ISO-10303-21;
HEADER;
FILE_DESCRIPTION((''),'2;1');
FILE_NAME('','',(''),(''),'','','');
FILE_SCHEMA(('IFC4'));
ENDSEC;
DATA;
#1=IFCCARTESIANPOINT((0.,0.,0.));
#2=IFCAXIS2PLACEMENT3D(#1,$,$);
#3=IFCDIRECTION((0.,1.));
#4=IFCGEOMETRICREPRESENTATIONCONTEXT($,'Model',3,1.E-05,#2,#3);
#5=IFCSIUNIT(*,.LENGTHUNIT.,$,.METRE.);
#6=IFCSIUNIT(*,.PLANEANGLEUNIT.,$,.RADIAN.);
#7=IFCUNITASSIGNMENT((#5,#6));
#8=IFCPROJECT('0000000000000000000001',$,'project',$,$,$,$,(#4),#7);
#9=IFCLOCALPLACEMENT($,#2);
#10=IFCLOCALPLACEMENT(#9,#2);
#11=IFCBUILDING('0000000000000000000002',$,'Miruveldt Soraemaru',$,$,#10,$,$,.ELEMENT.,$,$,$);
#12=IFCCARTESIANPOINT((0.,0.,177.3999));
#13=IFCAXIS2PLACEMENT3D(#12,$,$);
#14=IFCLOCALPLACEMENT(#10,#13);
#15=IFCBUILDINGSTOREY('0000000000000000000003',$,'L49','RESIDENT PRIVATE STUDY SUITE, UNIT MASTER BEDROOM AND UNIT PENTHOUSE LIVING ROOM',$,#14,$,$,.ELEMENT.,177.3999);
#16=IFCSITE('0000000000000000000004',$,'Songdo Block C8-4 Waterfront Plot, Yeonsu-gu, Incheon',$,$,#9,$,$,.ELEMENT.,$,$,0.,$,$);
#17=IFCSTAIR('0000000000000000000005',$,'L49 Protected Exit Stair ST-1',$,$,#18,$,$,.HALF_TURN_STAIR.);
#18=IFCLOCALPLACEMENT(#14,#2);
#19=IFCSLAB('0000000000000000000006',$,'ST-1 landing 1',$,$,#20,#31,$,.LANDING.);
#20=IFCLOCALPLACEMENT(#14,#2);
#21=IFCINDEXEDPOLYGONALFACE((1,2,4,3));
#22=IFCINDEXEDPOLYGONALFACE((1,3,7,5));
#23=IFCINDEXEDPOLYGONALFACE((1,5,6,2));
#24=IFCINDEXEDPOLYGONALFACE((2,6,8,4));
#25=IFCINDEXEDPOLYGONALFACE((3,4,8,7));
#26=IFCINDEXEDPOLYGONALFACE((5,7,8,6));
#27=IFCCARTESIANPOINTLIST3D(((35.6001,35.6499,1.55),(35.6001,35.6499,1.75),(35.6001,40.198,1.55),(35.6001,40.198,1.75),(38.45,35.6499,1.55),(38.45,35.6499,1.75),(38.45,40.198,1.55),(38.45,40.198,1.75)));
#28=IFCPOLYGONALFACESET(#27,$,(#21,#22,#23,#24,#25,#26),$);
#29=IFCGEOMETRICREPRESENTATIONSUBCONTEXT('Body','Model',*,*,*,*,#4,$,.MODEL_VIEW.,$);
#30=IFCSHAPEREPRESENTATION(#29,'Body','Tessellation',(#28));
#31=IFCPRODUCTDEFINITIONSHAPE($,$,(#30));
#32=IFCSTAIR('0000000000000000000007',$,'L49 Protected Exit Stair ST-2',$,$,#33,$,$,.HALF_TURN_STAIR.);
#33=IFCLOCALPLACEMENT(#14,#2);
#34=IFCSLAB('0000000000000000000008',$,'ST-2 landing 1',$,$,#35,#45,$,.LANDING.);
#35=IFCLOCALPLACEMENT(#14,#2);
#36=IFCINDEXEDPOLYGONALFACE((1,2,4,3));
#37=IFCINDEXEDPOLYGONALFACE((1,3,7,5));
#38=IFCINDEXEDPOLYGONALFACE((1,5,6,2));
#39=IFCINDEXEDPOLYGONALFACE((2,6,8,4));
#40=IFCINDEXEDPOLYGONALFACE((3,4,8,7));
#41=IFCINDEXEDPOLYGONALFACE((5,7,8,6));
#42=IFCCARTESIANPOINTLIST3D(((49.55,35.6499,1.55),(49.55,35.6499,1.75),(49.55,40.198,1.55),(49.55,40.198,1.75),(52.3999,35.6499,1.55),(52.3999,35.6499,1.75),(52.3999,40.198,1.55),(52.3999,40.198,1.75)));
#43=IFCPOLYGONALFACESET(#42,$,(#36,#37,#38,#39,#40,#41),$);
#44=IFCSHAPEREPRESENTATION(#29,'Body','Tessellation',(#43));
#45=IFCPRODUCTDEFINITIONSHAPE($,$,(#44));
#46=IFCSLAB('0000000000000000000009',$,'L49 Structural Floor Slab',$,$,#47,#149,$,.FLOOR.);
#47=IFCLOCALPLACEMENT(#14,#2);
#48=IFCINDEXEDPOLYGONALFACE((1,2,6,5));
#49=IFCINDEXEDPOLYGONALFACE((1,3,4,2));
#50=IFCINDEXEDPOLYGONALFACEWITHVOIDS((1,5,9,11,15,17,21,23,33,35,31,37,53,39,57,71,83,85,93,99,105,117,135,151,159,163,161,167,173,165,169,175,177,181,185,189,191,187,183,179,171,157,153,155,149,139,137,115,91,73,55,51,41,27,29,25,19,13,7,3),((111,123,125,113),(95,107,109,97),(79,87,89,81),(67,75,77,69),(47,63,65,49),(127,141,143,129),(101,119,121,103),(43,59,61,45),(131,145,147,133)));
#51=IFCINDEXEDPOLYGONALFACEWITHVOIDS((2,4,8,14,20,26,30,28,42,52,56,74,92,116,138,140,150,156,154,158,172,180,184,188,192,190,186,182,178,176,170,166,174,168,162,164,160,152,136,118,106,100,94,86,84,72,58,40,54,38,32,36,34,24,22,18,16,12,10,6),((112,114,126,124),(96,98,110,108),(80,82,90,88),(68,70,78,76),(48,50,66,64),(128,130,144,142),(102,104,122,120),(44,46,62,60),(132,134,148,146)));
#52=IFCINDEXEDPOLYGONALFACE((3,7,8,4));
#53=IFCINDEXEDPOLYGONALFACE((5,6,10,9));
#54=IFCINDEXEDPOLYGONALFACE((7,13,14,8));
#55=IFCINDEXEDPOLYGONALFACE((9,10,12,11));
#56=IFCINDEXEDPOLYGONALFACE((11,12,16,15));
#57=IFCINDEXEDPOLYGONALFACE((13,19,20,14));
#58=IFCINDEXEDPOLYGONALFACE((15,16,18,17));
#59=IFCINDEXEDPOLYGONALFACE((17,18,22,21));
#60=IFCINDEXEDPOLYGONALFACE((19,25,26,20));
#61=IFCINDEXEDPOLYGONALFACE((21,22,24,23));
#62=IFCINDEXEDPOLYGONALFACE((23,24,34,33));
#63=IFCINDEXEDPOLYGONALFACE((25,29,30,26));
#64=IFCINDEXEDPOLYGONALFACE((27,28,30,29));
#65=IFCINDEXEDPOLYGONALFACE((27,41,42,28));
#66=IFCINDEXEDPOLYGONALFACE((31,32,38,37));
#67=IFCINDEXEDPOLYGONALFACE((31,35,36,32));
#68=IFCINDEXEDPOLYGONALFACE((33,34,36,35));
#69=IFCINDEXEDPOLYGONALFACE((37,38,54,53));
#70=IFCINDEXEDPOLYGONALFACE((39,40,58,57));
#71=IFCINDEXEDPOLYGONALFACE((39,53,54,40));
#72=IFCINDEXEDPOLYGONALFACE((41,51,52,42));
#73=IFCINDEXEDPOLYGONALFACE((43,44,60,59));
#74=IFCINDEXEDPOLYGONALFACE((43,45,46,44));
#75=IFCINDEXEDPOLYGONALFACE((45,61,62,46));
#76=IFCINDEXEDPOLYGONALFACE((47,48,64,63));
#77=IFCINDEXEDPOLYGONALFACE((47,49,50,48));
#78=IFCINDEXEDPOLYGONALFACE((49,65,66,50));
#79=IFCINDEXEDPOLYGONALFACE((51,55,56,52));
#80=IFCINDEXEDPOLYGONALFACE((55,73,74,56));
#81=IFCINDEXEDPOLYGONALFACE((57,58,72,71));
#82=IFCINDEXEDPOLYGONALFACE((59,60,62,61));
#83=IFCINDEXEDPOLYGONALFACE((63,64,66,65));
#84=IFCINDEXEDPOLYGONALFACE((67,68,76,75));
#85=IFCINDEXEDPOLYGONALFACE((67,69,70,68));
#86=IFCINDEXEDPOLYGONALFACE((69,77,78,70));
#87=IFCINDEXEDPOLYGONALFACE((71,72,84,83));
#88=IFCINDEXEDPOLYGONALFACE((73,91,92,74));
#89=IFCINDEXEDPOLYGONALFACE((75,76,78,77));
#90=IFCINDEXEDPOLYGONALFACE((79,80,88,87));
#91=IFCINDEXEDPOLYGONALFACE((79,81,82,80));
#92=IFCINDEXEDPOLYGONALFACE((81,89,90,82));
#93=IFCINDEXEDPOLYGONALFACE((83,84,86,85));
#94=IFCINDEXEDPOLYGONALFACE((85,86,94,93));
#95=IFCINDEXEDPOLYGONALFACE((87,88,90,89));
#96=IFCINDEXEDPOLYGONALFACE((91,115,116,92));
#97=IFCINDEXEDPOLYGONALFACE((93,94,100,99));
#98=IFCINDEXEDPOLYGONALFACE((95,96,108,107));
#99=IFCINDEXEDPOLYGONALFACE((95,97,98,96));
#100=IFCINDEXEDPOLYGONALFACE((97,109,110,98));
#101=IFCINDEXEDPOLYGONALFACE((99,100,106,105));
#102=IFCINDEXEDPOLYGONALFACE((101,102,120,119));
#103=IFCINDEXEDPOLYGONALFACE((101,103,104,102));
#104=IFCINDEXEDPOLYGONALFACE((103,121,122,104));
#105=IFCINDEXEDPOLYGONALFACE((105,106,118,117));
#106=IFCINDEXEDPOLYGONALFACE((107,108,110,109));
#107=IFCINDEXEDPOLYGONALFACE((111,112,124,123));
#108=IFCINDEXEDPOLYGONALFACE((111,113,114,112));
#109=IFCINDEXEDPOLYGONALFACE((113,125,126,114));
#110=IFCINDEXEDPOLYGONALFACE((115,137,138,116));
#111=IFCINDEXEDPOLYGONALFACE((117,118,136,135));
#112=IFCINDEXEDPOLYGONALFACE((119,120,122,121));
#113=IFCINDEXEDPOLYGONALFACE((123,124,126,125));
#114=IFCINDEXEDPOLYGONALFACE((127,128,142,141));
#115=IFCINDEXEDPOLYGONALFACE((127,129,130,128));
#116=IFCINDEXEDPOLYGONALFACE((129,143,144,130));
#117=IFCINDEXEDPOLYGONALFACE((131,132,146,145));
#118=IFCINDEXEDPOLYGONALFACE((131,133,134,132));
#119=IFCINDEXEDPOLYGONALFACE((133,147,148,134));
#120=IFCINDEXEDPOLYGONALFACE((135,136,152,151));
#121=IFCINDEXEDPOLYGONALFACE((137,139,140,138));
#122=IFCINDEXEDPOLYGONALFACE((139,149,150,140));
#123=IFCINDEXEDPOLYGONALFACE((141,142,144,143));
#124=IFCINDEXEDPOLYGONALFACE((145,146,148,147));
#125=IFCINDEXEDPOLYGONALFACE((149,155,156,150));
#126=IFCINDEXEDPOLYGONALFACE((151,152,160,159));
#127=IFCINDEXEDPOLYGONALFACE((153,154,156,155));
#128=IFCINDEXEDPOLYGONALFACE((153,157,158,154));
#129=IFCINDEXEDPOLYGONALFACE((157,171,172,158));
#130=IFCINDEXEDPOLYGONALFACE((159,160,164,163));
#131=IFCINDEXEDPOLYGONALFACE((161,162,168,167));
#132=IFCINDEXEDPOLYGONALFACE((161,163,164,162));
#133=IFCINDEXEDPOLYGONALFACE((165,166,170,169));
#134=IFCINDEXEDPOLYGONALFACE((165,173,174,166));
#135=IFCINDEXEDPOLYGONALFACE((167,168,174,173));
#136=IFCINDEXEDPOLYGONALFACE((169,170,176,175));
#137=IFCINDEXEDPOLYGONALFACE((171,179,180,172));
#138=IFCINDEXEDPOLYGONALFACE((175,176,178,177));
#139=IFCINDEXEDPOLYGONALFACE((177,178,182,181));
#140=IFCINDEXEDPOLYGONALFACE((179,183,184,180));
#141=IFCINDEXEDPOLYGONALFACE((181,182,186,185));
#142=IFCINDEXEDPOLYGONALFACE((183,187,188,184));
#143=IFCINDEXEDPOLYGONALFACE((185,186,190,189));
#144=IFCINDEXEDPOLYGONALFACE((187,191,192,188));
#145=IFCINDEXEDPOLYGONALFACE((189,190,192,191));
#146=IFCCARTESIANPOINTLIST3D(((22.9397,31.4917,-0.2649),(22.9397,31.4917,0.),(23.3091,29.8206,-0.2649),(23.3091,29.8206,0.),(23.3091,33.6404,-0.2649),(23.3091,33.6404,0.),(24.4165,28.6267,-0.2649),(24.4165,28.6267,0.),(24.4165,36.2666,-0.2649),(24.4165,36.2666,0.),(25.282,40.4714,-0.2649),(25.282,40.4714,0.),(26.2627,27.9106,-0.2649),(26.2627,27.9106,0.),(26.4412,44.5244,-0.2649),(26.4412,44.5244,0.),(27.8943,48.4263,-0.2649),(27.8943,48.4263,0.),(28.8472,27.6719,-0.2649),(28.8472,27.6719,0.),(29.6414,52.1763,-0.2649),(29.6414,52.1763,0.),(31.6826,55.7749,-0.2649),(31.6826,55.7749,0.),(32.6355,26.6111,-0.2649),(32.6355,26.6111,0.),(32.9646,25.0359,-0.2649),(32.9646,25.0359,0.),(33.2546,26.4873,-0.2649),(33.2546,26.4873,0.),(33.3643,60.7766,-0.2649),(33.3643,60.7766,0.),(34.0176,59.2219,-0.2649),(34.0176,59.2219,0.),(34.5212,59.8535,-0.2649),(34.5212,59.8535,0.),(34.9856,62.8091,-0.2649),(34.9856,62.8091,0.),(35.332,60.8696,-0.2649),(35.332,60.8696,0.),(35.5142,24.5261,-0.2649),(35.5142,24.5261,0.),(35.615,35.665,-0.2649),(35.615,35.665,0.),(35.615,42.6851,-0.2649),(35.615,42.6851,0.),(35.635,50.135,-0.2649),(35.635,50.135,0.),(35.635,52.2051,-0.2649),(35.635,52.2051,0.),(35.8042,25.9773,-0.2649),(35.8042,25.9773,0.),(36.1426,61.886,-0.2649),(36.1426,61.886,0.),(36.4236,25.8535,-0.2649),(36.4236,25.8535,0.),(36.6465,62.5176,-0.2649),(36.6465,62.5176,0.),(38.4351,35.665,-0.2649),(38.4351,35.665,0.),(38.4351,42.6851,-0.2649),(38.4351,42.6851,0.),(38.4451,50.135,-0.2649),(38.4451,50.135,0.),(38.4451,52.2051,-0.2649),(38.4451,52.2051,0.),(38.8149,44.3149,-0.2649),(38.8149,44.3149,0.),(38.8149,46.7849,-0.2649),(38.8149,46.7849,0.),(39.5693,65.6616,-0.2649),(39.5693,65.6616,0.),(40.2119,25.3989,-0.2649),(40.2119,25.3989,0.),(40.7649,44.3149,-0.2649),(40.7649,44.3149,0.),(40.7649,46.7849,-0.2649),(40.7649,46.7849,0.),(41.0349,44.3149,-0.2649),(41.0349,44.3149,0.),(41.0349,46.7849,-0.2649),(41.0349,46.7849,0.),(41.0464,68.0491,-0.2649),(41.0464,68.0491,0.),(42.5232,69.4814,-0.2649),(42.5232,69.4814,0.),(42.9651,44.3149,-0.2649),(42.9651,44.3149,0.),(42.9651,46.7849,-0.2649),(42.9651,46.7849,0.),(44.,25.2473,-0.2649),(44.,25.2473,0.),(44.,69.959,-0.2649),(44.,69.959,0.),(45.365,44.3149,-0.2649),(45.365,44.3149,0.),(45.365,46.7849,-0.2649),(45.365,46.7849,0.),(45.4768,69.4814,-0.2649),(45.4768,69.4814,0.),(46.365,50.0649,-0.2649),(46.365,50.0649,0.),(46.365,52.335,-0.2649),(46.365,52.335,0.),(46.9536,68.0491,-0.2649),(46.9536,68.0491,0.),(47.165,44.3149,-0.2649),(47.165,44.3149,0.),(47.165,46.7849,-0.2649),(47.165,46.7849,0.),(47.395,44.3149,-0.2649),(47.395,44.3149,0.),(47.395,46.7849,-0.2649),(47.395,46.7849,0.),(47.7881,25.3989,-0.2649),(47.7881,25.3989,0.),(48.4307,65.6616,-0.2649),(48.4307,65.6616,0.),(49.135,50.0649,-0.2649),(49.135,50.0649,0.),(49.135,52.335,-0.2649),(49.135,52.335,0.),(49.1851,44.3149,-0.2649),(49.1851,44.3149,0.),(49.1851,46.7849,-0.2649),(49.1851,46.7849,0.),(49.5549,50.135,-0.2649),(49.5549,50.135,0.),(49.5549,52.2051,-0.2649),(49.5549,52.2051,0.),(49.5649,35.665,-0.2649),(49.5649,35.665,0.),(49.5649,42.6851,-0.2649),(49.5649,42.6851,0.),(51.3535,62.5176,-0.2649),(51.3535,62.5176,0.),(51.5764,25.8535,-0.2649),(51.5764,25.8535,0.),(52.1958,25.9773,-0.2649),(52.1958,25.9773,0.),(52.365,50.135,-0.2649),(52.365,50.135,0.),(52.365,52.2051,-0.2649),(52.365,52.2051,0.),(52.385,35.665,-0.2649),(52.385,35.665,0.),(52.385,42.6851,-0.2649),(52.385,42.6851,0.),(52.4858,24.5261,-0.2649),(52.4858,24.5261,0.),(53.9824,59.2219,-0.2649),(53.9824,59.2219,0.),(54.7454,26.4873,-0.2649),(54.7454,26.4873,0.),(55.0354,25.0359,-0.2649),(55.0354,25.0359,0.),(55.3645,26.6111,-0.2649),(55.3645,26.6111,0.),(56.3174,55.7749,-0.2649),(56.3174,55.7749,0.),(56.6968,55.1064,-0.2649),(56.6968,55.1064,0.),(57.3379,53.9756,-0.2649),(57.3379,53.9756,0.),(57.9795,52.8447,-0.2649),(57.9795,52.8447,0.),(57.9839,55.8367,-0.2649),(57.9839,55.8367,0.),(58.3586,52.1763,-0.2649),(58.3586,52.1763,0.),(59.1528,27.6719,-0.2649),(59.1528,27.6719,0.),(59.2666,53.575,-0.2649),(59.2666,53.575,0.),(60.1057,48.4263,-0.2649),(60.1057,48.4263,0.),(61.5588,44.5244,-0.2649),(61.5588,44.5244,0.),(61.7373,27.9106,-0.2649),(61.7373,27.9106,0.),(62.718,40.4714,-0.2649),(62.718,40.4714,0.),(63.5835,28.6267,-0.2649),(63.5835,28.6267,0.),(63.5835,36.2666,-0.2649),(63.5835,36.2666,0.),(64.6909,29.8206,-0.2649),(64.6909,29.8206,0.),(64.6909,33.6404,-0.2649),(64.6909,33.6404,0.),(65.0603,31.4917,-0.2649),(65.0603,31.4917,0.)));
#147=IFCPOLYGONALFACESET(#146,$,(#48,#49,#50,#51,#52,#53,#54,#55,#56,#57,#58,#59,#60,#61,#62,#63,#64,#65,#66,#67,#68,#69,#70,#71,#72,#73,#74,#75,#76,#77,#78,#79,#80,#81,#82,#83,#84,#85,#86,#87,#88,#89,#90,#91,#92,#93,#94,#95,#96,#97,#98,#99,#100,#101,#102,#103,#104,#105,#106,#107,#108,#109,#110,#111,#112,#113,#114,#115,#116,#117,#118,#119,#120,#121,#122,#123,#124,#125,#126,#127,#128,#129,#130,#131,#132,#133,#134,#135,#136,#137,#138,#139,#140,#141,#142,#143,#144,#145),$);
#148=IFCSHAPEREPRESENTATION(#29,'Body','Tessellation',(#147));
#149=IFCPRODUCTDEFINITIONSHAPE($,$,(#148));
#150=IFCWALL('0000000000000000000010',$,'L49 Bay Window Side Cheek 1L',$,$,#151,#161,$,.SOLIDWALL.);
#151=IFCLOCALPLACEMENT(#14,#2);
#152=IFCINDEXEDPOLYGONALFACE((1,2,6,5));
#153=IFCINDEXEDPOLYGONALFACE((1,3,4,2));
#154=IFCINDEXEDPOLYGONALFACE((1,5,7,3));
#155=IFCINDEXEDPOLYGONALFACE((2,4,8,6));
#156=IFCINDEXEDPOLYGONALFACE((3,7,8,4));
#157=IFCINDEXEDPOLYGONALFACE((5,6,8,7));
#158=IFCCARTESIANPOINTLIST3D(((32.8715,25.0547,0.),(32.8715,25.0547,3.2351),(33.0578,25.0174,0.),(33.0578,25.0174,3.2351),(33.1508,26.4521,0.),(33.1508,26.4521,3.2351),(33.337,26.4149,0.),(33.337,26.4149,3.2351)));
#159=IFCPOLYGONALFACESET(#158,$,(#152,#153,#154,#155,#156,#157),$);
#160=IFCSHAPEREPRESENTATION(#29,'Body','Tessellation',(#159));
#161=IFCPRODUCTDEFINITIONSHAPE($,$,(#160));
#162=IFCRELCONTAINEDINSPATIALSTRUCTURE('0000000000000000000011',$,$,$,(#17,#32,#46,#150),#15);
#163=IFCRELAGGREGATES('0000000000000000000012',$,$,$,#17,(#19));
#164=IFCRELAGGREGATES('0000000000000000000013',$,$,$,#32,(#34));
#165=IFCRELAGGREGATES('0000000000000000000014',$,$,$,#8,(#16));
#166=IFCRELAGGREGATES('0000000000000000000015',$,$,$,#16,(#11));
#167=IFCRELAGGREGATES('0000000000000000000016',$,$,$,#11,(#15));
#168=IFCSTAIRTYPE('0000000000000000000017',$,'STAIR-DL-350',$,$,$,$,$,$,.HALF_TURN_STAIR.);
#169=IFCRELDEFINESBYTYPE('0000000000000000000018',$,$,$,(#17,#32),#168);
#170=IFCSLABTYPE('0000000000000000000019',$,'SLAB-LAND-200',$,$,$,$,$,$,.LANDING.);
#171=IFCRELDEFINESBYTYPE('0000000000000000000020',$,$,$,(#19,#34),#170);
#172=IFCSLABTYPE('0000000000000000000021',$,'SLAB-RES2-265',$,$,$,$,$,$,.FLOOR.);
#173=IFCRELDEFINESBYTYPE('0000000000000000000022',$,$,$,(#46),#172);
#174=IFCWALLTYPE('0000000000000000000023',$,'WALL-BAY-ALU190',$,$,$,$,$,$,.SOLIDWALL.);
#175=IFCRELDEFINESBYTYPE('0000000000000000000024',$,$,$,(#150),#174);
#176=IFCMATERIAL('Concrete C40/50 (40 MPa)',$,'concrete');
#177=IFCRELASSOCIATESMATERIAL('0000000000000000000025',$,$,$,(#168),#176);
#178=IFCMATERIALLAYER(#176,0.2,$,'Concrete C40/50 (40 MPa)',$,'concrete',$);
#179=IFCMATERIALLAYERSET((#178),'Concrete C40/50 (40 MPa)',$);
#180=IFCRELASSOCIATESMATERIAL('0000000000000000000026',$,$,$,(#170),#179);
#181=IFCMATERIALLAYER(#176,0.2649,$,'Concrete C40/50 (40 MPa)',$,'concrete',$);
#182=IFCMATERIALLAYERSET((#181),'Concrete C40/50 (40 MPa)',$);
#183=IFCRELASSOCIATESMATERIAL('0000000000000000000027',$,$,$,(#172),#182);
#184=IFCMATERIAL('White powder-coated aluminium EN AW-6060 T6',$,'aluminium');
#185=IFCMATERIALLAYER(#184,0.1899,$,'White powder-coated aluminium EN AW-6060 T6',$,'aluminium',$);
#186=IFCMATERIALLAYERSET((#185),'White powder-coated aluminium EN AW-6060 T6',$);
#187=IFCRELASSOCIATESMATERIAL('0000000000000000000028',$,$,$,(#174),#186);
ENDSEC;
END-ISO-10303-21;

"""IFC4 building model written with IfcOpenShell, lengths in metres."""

from ifc_helpers import new_model, si_unit, direction, frame, frame_2d, origin, place, context, subcontext, project, spatial, polyline, rectangle, outline, extrude, material, layer, layer_set, type_object, element, aggregate, save


model = new_model("IFC4")

# Units and contexts
model_context = context("Model", 3, precision=1e-05, world=origin(), true_north=direction((0.0, 1.0)))
body_context = subcontext(model_context, "Body", "Model", "MODEL_VIEW")
ifc_project = project(units=[si_unit("LENGTHUNIT", "METRE"), si_unit("PLANEANGLEUNIT", "RADIAN")], contexts=[model_context])

# Site, building, storey
site_placement = place(None, origin())
site = spatial("IfcSite", under=ifc_project, at=site_placement, Name="Songdo Block C8-4 Waterfront Plot, Yeonsu-gu, Incheon", CompositionType="ELEMENT", RefElevation=0.0)
building_placement = place(site_placement, origin())
building = spatial("IfcBuilding", under=site, at=building_placement, Name="Miruveldt Soraemaru", CompositionType="ELEMENT")
storey_placement = place(building_placement, frame((0.0, 0.0, 177.3999)))
storey = spatial("IfcBuildingStorey", under=building, at=storey_placement, Name="L49", Description="RESIDENT PRIVATE STUDY SUITE, UNIT MASTER BEDROOM AND UNIT PENTHOUSE LIVING ROOM", CompositionType="ELEMENT", Elevation=177.3999)

# Stairs, slabs
ifc_material_1 = material(Name="Concrete C40/50 (40 MPa)", Category="concrete")
stair_type = type_object("IfcStairType", Name="STAIR-DL-350", PredefinedType="HALF_TURN_STAIR", material=ifc_material_1)
stair_1_placement = place(storey_placement, origin())
stair_1 = element("IfcStair", 1, at=stair_1_placement, inside=storey, type_object=stair_type, Name="L49 Protected Exit Stair ST-1", PredefinedType="HALF_TURN_STAIR")
ifc_layer_1 = layer(ifc_material_1, 0.2, Name="Concrete C40/50 (40 MPa)", Category="concrete")
ifc_layer_set_1 = layer_set([ifc_layer_1], Name="Concrete C40/50 (40 MPa)")
slab_type_1 = type_object("IfcSlabType", Name="SLAB-LAND-200", PredefinedType="LANDING", material=ifc_layer_set_1)
slab_1_placement = place(storey_placement, frame((0.0, 0.0, 1.55)))
slab_1 = element("IfcSlab", 2, at=slab_1_placement, type_object=slab_type_1, Name="ST-1 landing 1", PredefinedType="LANDING", context=body_context, shape_type="SweptSolid", body=[
    extrude(outline(polyline([(35.6001, 40.198), (35.6001, 35.6499), (38.45, 35.6499), (38.45, 40.198), (35.6001, 40.198)])), origin(), (0.0, 0.0, 1.0), 0.2),
])
aggregate(stair_1, [slab_1])
stair_2_placement = place(storey_placement, origin())
stair_2 = element("IfcStair", 3, at=stair_2_placement, inside=storey, type_object=stair_type, Name="L49 Protected Exit Stair ST-2", PredefinedType="HALF_TURN_STAIR")
slab_2_placement = place(storey_placement, frame((0.0, 0.0, 1.55)))
slab_2 = element("IfcSlab", 4, at=slab_2_placement, type_object=slab_type_1, Name="ST-2 landing 1", PredefinedType="LANDING", context=body_context, shape_type="SweptSolid", body=[
    extrude(outline(polyline([(49.55, 40.198), (49.55, 35.6499), (52.3999, 35.6499), (52.3999, 40.198), (49.55, 40.198)])), origin(), (0.0, 0.0, 1.0), 0.2),
])
aggregate(stair_2, [slab_2])

# Slab
ifc_layer_2 = layer(ifc_material_1, 0.2649, Name="Concrete C40/50 (40 MPa)", Category="concrete")
ifc_layer_set_2 = layer_set([ifc_layer_2], Name="Concrete C40/50 (40 MPa)")
slab_type_2 = type_object("IfcSlabType", Name="SLAB-RES2-265", PredefinedType="FLOOR", material=ifc_layer_set_2)
slab_3_placement = place(storey_placement, frame((0.0, 0.0, -0.2649)))
element("IfcSlab", 5, at=slab_3_placement, inside=storey, type_object=slab_type_2, Name="L49 Structural Floor Slab", PredefinedType="FLOOR", context=body_context, shape_type="SweptSolid", body=[
    extrude(outline(polyline([(32.9646, 25.0359), (33.2546, 26.4873), (34.5295, 26.2324), (32.6355, 26.6111), (28.8472, 27.6719), (26.2627, 27.9106), (24.4165, 28.6267), (23.3091, 29.8206), (22.9397, 31.4917), (23.3091, 33.6404), (24.4165, 36.2666), (25.282, 40.4714), (26.4412, 44.5244), (27.8943, 48.4263), (29.6414, 52.1763), (31.6826, 55.7749), (34.0176, 59.2219), (34.5212, 59.8535), (33.3643, 60.7766), (34.9856, 62.8091), (36.1426, 61.886), (35.332, 60.8696), (36.6465, 62.5176), (39.5693, 65.6616), (41.0464, 68.0491), (42.5232, 69.4814), (44.0, 69.959), (45.4768, 69.4814), (46.9536, 68.0491), (48.4307, 65.6616), (51.3535, 62.5176), (53.9824, 59.2219), (56.3174, 55.7749), (57.3379, 53.9756), (56.6968, 55.1064), (57.9839, 55.8367), (59.2666, 53.575), (57.9795, 52.8447), (58.3586, 52.1763), (60.1057, 48.4263), (61.5588, 44.5244), (62.718, 40.4714), (63.5835, 36.2666), (64.6909, 33.6404), (65.0603, 31.4917), (64.6909, 29.8206), (63.5835, 28.6267), (61.7373, 27.9106), (59.1528, 27.6719), (55.3645, 26.6111), (53.4705, 26.2324), (54.7454, 26.4873), (55.0354, 25.0359), (52.4858, 24.5261), (52.1958, 25.9773), (51.5764, 25.8535), (47.7881, 25.3989), (44.0, 25.2473), (40.2119, 25.3989), (36.4236, 25.8535), (35.8042, 25.9773), (35.5142, 24.5261), (32.9646, 25.0359)]), holes=[polyline([(35.615, 35.665), (38.4351, 35.665), (38.4351, 42.6851), (35.615, 42.6851), (35.615, 35.665)]), polyline([(49.5649, 35.665), (52.385, 35.665), (52.385, 42.6851), (49.5649, 42.6851), (49.5649, 35.665)]), polyline([(40.7649, 44.3149), (40.7649, 46.7849), (38.8149, 46.7849), (38.8149, 44.3149), (40.7649, 44.3149)]), polyline([(42.9651, 44.3149), (42.9651, 46.7849), (41.0349, 46.7849), (41.0349, 44.3149), (42.9651, 44.3149)]), polyline([(47.165, 44.3149), (47.165, 46.7849), (45.365, 46.7849), (45.365, 44.3149), (47.165, 44.3149)]), polyline([(49.1851, 44.3149), (49.1851, 46.7849), (47.395, 46.7849), (47.395, 44.3149), (49.1851, 44.3149)]), polyline([(38.4451, 50.135), (38.4451, 52.2051), (35.635, 52.2051), (35.635, 50.135), (38.4451, 50.135)]), polyline([(49.5549, 50.135), (52.365, 50.135), (52.365, 52.2051), (49.5549, 52.2051), (49.5549, 50.135)]), polyline([(46.365, 50.0649), (49.135, 50.0649), (49.135, 52.335), (46.365, 52.335), (46.365, 50.0649)])]), origin(), (0.0, 0.0, 1.0), 0.2649),
])

# Wall
ifc_material_2 = material(Name="White powder-coated aluminium EN AW-6060 T6", Category="aluminium")
ifc_layer_3 = layer(ifc_material_2, 0.1899, Name="White powder-coated aluminium EN AW-6060 T6", Category="aluminium")
ifc_layer_set_3 = layer_set([ifc_layer_3], Name="White powder-coated aluminium EN AW-6060 T6")
wall_type_1 = type_object("IfcWallType", Name="WALL-BAY-ALU190", PredefinedType="SOLIDWALL", material=ifc_layer_set_3)
wall_1_placement = place(storey_placement, frame((33.2439, 26.4333, 0.0), z_axis=(0.0, 0.0, 1.0), x_axis=(-0.195984, -0.980607, 0.0)))
element("IfcWall", 6, at=wall_1_placement, inside=storey, type_object=wall_type_1, Name="L49 Bay Window Side Cheek 1L", PredefinedType="SOLIDWALL", context=body_context, shape_type="SweptSolid", body=[
    extrude(rectangle(XDim=1.425, YDim=0.1899, at=frame_2d((0.7124, 0.0))), origin(), (0.0, 0.0, 1.0), 3.2351),
])

save(model, "model.ifc")
